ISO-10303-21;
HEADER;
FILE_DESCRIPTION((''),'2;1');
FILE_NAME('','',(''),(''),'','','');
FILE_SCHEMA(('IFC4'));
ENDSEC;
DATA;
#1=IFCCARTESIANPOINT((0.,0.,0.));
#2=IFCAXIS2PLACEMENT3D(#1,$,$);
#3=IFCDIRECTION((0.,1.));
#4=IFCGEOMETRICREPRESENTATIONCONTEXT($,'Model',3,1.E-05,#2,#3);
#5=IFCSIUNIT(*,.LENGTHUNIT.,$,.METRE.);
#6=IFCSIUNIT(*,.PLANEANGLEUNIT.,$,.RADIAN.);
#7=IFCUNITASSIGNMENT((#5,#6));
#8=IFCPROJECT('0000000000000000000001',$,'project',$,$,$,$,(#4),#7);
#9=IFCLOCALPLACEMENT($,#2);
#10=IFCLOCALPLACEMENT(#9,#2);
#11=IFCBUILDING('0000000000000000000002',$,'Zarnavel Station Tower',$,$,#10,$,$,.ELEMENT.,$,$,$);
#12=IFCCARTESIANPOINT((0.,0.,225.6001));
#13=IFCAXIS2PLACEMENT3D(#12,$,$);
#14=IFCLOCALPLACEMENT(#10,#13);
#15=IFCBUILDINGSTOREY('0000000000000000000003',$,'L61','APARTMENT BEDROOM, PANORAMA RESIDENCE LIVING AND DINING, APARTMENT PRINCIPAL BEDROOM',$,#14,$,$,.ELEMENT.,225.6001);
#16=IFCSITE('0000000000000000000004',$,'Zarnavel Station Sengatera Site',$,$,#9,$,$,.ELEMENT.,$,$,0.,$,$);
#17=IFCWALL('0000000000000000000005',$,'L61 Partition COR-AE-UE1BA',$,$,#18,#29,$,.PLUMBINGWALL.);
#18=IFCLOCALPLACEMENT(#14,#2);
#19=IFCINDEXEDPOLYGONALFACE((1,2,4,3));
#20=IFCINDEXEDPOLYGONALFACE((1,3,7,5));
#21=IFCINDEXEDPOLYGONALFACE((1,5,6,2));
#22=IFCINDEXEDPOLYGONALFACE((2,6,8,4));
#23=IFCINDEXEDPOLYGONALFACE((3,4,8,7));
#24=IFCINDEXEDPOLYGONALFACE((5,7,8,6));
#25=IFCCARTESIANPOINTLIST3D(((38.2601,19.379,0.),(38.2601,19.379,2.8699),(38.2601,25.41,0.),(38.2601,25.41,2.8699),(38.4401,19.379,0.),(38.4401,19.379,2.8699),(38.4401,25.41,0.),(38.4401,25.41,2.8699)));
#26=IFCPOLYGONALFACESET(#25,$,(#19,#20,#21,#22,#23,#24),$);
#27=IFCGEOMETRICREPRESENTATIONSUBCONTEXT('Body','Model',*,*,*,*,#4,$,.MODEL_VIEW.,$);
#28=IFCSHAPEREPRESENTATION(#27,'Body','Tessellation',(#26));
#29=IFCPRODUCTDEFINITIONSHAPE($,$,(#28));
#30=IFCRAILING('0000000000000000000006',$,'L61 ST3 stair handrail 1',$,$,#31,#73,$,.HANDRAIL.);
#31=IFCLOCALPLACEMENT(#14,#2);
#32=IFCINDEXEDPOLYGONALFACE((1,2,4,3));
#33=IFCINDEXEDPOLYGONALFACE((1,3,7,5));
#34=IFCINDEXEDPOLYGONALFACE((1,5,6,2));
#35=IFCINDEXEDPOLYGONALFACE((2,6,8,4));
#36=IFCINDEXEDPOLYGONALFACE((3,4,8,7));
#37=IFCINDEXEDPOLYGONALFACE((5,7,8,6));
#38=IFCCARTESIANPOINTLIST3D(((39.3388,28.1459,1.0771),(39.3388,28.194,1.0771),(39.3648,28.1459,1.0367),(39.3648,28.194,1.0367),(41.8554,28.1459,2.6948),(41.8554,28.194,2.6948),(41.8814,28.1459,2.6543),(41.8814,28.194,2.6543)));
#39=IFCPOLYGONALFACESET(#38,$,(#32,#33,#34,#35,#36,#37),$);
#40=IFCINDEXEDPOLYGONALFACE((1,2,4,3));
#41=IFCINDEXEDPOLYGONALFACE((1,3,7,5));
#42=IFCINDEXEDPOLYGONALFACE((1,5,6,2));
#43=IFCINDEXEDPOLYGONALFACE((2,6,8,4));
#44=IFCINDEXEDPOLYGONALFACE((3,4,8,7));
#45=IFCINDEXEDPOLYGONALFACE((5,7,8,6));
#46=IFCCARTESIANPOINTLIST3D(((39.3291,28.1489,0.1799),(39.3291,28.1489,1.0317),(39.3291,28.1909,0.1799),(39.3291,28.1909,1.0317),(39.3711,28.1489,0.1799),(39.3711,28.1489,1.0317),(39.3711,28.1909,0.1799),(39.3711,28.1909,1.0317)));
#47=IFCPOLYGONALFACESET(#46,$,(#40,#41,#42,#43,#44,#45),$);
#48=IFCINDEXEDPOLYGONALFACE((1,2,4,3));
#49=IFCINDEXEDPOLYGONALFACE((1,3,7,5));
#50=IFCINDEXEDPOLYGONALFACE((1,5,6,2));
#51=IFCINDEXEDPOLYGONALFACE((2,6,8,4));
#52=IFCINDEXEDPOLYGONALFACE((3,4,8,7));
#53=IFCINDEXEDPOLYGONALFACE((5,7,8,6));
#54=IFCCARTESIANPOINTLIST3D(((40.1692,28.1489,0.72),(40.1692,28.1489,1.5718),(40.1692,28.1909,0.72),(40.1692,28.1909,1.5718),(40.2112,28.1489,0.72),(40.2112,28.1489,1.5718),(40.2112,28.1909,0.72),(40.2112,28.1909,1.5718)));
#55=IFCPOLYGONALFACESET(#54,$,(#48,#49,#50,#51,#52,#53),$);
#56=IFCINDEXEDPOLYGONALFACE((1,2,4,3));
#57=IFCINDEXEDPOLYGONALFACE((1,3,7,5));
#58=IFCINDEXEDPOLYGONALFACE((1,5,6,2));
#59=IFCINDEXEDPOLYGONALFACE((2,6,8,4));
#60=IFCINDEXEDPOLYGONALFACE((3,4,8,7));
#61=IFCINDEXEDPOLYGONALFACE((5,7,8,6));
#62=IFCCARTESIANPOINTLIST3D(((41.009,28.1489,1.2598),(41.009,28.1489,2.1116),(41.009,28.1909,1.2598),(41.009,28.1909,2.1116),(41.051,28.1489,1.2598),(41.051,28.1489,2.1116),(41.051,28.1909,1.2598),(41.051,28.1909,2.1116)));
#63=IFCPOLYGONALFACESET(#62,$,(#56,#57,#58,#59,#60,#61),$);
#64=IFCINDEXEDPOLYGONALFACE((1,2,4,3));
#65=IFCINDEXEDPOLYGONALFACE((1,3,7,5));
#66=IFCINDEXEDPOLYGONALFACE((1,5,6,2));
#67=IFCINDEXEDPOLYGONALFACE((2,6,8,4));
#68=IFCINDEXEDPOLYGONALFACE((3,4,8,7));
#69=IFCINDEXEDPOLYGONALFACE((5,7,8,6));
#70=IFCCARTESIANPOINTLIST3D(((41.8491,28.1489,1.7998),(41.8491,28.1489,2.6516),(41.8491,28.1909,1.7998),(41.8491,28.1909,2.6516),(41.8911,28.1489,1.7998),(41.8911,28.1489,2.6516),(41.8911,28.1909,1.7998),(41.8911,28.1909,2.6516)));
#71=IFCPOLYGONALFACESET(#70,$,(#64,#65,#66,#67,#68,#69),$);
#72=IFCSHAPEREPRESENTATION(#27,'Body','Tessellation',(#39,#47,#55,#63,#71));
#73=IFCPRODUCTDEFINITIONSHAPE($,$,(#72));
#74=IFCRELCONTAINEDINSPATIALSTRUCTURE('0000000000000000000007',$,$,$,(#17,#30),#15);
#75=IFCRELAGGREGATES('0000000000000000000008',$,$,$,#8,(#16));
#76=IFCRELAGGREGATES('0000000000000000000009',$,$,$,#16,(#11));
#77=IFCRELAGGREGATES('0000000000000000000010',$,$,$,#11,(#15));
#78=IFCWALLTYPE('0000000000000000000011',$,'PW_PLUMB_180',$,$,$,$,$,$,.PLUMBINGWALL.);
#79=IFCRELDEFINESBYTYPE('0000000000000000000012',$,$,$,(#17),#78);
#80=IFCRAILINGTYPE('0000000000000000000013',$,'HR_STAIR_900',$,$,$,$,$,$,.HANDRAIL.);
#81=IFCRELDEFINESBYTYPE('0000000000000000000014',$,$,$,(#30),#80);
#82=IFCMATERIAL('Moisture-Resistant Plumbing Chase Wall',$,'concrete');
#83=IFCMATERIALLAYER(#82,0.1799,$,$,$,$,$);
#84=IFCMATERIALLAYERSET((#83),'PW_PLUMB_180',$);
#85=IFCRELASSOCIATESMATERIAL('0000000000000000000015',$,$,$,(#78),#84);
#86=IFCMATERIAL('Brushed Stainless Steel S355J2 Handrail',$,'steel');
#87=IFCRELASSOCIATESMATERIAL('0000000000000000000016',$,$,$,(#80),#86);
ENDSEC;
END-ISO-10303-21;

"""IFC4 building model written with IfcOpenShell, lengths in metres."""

from ifc_helpers import new_model, si_unit, direction, frame, frame_2d, origin, origin_2d, place, context, subcontext, project, spatial, rectangle, extrude, material, layer, layer_set, type_object, element, save


model = new_model("IFC4")

# Units and contexts
model_context = context("Model", 3, precision=1e-05, world=origin(), true_north=direction((0.0, 1.0)))
body_context = subcontext(model_context, "Body", "Model", "MODEL_VIEW")
ifc_project = project(units=[si_unit("LENGTHUNIT", "METRE"), si_unit("PLANEANGLEUNIT", "RADIAN")], contexts=[model_context])

# Site, building, storey
site_placement = place(None, origin())
site = spatial("IfcSite", under=ifc_project, at=site_placement, Name="Zarnavel Station Sengatera Site", CompositionType="ELEMENT", RefElevation=0.0)
building_placement = place(site_placement, origin())
building = spatial("IfcBuilding", under=site, at=building_placement, Name="Zarnavel Station Tower", CompositionType="ELEMENT")
storey_placement = place(building_placement, frame((0.0, 0.0, 225.6001)))
storey = spatial("IfcBuildingStorey", under=building, at=storey_placement, Name="L61", Description="APARTMENT BEDROOM, PANORAMA RESIDENCE LIVING AND DINING, APARTMENT PRINCIPAL BEDROOM", CompositionType="ELEMENT", Elevation=225.6001)

# Wall
ifc_material_1 = material(Name="Moisture-Resistant Plumbing Chase Wall", Category="concrete")
ifc_layer_1 = layer(ifc_material_1, 0.1799)
ifc_layer_set_1 = layer_set([ifc_layer_1], Name="PW_PLUMB_180")
wall_type_1 = type_object("IfcWallType", Name="PW_PLUMB_180", PredefinedType="PLUMBINGWALL", material=ifc_layer_set_1)
wall_1_placement = place(storey_placement, frame((38.3501, 19.3789, 0.0), z_axis=(0.0, 0.0, 1.0), x_axis=(0.0, 1.0, 0.0)))
element("IfcWall", 1, at=wall_1_placement, inside=storey, type_object=wall_type_1, Name="L61 Partition COR-AE-UE1BA", PredefinedType="PLUMBINGWALL", context=body_context, shape_type="SweptSolid", body=[
    extrude(rectangle(XDim=6.031, YDim=0.1799, at=frame_2d((3.0156, 0.0))), origin(), (0.0, 0.0, 1.0), 2.8699),
])

# Railing
ifc_material_2 = material(Name="Brushed Stainless Steel S355J2 Handrail", Category="steel")
railing_type = type_object("IfcRailingType", Name="HR_STAIR_900", PredefinedType="HANDRAIL", material=ifc_material_2)
railing_placement = place(storey_placement, frame((39.3501, 28.1699, 0.1799)))
element("IfcRailing", 2, at=railing_placement, inside=storey, type_object=railing_type, Name="L61 ST3 stair handrail 1", PredefinedType="HANDRAIL", context=body_context, shape_type="SweptSolid", body=[
    extrude(rectangle(XDim=0.0481, YDim=0.0481, at=origin_2d()), frame((0.0017, 0.0, 0.877), z_axis=(0.8412, 0.0, 0.540725), x_axis=(0.0, 1.0, 0.0)), (0.0, 0.0, 1.0), 2.9917),
    extrude(rectangle(XDim=0.042, YDim=0.042, at=origin_2d()), origin(), (0.0, 0.0, 1.0), 0.8518),
    extrude(rectangle(XDim=0.042, YDim=0.042, at=origin_2d()), frame((0.8401, 0.0, 0.54)), (0.0, 0.0, 1.0), 0.8518),
    extrude(rectangle(XDim=0.042, YDim=0.042, at=origin_2d()), frame((1.6799, 0.0, 1.0798)), (0.0, 0.0, 1.0), 0.8518),
    extrude(rectangle(XDim=0.042, YDim=0.042, at=origin_2d()), frame((2.52, 0.0, 1.6199)), (0.0, 0.0, 1.0), 0.8518),
])

save(model, "model.ifc")
